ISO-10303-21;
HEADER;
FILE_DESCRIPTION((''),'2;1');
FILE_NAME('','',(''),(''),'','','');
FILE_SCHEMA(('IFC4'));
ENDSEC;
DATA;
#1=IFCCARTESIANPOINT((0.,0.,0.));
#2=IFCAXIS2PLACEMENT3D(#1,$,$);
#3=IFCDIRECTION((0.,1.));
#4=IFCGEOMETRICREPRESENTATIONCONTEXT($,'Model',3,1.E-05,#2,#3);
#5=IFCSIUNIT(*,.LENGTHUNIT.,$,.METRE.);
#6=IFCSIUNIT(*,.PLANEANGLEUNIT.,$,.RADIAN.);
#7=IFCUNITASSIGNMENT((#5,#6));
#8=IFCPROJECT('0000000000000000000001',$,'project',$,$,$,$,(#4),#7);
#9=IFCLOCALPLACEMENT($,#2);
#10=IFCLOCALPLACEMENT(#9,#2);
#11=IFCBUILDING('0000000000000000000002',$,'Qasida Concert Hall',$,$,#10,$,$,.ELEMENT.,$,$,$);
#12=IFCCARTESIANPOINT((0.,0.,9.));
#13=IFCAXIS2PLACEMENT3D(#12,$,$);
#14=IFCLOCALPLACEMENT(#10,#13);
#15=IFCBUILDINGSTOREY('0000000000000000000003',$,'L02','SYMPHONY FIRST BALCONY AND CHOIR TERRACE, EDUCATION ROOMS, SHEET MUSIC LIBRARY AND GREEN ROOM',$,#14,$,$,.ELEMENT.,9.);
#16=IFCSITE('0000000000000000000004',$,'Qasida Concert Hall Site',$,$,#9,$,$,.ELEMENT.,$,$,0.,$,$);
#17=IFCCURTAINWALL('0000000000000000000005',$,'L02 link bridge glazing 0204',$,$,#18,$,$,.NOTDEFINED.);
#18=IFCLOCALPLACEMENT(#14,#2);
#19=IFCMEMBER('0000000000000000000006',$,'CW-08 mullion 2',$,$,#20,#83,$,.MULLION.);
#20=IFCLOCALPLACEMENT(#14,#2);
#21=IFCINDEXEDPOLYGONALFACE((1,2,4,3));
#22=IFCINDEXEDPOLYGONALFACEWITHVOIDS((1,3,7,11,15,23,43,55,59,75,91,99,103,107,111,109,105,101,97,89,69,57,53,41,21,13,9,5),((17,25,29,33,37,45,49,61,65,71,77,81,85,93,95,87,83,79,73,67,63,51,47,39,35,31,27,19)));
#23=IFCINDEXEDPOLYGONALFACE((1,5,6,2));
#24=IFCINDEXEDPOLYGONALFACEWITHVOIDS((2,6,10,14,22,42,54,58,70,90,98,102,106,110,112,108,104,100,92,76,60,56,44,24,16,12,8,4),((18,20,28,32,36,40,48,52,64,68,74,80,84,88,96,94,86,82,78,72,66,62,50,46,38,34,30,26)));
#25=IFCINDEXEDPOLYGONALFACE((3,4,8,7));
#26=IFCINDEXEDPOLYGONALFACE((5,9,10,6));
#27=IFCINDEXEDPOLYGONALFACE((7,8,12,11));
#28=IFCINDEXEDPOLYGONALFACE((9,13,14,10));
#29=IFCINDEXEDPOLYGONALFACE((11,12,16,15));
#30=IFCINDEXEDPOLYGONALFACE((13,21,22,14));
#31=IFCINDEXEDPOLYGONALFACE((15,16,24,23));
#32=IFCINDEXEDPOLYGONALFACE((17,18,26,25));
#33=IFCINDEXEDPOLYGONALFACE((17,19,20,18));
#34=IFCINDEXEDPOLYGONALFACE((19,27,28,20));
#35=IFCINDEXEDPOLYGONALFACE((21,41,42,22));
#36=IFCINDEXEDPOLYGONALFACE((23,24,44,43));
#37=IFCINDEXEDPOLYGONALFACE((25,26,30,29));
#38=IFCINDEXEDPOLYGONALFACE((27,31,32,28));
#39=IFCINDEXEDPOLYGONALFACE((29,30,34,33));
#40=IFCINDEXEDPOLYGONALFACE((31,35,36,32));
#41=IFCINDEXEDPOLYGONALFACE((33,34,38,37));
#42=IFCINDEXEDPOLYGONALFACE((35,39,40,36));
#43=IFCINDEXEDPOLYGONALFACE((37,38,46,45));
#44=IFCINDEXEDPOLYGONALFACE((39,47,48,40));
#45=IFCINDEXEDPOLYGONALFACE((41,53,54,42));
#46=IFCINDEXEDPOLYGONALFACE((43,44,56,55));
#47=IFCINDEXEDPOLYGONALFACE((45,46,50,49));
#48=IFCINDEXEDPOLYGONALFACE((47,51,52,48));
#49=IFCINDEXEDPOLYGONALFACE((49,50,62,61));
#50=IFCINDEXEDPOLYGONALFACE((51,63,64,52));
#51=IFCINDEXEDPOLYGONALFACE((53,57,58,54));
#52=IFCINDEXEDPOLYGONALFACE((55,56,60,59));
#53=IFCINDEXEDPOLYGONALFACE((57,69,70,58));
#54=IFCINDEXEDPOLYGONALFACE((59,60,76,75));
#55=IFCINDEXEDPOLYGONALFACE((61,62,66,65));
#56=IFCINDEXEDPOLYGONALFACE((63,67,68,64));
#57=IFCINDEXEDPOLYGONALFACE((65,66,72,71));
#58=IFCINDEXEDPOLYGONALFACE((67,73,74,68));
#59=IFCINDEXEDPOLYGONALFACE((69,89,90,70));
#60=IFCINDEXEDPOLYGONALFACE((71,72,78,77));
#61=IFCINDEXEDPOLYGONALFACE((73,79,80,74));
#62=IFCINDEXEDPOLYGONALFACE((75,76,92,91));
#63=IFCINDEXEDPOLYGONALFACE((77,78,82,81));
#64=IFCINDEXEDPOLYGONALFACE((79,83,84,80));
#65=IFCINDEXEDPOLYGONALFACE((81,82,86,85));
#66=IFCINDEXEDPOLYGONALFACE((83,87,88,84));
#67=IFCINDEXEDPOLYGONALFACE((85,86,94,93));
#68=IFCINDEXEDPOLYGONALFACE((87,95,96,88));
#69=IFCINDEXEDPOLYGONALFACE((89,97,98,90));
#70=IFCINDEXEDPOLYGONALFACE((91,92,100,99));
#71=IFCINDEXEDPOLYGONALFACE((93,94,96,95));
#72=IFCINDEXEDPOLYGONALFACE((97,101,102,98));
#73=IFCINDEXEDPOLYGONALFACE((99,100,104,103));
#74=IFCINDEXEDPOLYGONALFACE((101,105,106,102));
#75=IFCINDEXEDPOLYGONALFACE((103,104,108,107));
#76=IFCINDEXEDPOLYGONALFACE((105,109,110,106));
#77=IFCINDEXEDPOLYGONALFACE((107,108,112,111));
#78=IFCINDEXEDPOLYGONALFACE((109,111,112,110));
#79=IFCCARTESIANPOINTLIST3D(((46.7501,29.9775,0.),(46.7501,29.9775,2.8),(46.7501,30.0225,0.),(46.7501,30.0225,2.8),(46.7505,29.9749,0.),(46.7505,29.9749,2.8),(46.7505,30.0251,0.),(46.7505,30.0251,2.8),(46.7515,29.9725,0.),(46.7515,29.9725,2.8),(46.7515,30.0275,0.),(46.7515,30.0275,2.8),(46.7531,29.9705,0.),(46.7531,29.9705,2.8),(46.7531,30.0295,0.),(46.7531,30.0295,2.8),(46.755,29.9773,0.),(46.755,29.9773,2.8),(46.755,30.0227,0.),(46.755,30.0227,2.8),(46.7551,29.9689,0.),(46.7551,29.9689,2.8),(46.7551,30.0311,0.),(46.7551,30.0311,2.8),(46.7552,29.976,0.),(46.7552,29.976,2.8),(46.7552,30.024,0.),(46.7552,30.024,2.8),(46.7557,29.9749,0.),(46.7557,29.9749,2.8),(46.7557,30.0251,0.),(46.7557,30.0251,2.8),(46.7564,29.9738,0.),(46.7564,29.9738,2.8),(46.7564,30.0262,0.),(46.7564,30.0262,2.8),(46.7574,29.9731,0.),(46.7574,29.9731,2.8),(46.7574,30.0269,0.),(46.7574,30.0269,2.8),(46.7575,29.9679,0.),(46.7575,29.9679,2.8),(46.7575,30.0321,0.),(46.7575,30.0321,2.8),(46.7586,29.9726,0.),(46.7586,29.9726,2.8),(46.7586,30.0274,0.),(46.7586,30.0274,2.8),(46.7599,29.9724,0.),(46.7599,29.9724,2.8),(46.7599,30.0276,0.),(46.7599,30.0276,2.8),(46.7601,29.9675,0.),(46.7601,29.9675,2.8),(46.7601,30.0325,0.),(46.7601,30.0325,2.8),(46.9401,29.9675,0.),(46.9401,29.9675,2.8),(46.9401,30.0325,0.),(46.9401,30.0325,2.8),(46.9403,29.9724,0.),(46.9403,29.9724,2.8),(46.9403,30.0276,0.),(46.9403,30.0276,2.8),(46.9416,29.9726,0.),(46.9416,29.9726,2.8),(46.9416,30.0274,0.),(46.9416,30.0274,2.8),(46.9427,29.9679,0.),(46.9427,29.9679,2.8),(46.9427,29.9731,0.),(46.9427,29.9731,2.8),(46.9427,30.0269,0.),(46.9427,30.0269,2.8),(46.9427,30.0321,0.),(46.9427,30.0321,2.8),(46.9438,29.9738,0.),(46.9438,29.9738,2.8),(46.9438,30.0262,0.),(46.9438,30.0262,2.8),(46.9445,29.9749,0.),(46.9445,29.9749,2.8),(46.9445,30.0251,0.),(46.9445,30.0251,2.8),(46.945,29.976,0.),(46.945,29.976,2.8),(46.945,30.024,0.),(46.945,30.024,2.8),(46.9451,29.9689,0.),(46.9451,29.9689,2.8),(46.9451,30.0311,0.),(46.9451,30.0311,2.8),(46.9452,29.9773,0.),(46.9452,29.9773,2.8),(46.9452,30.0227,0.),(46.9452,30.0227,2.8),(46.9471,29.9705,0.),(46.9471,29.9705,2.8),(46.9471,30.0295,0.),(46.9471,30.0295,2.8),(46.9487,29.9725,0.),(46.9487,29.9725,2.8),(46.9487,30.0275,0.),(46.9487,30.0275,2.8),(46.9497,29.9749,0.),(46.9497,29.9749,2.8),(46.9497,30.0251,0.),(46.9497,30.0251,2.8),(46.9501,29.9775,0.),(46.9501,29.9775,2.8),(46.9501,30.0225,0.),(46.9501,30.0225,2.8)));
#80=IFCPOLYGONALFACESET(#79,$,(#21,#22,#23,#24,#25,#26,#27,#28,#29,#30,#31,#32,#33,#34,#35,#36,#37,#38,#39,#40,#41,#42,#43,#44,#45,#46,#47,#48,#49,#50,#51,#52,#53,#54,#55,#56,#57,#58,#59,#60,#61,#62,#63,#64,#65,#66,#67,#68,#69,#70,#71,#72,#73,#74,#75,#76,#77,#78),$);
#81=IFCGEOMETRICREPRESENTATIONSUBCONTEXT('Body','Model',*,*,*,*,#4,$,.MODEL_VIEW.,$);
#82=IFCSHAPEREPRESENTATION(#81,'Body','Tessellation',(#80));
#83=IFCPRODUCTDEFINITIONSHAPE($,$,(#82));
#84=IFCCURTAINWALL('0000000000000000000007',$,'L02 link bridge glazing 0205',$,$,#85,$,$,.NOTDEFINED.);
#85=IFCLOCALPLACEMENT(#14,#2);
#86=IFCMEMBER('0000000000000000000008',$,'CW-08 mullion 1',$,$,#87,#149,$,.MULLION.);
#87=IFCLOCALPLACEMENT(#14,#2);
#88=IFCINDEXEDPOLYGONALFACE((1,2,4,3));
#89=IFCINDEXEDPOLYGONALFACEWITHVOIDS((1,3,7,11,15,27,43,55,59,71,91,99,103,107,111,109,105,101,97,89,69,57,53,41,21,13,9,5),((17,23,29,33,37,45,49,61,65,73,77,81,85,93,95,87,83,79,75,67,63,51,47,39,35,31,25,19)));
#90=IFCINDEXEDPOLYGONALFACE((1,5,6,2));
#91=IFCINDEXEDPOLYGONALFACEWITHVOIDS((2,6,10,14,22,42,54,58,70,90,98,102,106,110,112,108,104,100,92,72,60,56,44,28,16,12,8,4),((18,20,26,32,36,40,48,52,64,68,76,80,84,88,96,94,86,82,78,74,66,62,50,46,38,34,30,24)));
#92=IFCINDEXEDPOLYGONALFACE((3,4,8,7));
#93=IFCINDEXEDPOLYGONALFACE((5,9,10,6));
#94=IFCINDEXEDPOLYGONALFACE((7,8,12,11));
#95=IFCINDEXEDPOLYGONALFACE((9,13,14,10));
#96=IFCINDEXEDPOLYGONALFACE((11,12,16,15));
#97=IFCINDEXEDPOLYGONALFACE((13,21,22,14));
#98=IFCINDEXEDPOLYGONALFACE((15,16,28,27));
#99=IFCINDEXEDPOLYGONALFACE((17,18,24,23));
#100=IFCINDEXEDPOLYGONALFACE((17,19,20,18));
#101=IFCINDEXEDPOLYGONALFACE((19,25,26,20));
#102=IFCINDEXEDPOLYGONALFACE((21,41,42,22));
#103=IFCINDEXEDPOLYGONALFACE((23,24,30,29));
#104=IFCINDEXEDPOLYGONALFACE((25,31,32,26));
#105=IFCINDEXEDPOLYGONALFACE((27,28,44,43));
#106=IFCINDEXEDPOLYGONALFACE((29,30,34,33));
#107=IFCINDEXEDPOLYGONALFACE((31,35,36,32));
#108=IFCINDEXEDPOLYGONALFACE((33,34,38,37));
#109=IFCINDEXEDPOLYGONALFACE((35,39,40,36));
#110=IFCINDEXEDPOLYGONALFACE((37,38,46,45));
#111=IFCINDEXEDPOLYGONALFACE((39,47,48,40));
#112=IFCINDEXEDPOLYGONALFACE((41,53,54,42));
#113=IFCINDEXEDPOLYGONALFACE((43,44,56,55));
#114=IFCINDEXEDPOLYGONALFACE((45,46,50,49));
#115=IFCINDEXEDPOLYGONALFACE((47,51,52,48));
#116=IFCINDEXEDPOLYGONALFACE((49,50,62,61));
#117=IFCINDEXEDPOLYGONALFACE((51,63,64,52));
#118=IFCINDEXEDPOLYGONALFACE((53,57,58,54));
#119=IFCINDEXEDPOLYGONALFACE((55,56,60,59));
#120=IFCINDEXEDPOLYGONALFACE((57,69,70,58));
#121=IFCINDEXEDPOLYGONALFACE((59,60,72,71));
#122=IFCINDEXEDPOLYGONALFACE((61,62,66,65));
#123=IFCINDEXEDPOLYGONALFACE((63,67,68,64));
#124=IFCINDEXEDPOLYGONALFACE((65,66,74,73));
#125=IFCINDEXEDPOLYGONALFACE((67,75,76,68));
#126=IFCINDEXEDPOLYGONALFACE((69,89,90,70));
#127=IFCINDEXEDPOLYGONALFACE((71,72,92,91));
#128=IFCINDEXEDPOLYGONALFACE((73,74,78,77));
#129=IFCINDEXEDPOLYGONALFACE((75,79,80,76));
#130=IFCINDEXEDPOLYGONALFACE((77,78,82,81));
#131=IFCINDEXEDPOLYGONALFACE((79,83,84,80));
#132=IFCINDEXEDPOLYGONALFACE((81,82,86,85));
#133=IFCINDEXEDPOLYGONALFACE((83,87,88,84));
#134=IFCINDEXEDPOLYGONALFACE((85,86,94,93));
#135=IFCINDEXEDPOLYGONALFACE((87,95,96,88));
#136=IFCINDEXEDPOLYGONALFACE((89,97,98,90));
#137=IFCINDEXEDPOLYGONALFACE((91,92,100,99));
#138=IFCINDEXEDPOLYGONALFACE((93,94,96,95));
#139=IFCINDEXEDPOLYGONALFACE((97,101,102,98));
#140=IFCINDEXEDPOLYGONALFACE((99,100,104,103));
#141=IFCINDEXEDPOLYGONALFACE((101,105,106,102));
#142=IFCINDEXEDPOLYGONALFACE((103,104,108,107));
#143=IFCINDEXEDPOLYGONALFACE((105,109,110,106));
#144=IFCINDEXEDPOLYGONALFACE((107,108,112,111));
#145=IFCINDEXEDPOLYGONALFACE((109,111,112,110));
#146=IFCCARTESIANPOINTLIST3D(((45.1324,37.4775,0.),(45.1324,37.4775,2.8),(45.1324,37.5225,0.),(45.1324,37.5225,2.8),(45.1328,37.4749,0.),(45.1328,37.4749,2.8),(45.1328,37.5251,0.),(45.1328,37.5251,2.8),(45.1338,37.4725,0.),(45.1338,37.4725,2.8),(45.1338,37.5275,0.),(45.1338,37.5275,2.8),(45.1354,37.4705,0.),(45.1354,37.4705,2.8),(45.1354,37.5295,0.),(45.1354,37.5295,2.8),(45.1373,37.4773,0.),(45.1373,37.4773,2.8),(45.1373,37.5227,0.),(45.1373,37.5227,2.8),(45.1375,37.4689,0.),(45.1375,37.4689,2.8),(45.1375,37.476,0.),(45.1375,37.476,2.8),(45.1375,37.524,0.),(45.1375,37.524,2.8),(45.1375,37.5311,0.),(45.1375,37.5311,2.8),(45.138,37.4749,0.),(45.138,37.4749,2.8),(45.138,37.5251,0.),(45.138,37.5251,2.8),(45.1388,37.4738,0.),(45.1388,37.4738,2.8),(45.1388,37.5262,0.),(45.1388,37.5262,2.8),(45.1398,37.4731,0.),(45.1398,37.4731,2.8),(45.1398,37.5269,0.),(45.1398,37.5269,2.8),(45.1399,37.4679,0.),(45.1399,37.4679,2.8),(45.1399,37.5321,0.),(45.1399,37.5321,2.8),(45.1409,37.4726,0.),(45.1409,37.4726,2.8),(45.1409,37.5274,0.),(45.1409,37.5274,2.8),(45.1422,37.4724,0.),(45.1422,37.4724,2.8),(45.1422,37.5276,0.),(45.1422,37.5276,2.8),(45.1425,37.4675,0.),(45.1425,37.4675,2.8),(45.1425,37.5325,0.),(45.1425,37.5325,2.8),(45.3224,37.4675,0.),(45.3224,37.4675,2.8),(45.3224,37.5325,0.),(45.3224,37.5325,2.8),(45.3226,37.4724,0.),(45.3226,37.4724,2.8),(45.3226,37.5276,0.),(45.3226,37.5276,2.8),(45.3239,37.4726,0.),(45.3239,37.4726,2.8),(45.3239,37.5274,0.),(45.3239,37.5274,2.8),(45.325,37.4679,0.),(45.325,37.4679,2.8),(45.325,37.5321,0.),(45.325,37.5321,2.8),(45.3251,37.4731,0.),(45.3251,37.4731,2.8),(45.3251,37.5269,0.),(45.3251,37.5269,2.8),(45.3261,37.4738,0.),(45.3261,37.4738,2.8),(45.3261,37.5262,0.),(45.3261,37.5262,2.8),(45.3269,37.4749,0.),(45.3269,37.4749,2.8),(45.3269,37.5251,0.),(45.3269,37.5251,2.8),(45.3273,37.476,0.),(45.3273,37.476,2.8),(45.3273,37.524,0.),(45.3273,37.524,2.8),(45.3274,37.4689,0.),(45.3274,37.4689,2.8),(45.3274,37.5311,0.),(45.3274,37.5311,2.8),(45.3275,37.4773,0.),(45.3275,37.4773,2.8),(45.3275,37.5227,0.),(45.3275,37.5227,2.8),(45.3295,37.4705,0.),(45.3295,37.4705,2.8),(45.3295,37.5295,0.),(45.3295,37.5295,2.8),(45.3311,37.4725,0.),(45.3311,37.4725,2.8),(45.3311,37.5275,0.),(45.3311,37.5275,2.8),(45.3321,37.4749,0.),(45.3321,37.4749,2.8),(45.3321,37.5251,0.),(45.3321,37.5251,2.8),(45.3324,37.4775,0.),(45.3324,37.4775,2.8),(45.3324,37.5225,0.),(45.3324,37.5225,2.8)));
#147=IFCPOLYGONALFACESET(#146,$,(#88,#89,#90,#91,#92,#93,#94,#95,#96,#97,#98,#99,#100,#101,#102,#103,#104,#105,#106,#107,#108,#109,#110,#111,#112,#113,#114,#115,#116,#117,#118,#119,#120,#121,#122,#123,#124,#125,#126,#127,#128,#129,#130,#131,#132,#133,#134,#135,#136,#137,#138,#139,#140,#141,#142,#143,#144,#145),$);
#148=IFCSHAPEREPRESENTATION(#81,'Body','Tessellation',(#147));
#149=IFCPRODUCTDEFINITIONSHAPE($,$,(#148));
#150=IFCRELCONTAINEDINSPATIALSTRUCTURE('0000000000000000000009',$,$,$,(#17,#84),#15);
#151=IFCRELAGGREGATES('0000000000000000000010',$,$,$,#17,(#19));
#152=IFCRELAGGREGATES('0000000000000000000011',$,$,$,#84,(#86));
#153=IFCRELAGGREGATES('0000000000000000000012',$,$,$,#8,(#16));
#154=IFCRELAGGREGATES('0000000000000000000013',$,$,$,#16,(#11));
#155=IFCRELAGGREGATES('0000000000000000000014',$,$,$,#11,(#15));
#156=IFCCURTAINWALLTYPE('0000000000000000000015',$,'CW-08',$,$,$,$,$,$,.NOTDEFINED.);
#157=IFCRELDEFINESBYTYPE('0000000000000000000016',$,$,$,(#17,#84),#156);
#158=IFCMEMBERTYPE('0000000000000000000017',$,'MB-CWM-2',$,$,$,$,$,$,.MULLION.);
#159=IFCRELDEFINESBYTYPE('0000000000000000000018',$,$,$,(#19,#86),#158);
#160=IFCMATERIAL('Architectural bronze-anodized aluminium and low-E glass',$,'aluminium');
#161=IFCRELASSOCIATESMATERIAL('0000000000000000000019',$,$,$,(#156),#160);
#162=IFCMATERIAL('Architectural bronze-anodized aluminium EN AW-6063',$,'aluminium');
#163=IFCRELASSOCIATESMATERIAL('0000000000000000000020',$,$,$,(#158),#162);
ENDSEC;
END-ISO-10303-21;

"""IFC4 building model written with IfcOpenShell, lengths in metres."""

from ifc_helpers import new_model, si_unit, direction, frame, origin, origin_2d, place, context, subcontext, project, spatial, hollow_rectangle, extrude, material, material_profile, profile_set, type_object, element, aggregate, save


model = new_model("IFC4")

# Units and contexts
model_context = context("Model", 3, precision=1e-05, world=origin(), true_north=direction((0.0, 1.0)))
body_context = subcontext(model_context, "Body", "Model", "MODEL_VIEW")
ifc_project = project(units=[si_unit("LENGTHUNIT", "METRE"), si_unit("PLANEANGLEUNIT", "RADIAN")], contexts=[model_context])

# Site, building, storey
site_placement = place(None, origin())
site = spatial("IfcSite", under=ifc_project, at=site_placement, Name="Qasida Concert Hall Site", CompositionType="ELEMENT", RefElevation=0.0)
building_placement = place(site_placement, origin())
building = spatial("IfcBuilding", under=site, at=building_placement, Name="Qasida Concert Hall", CompositionType="ELEMENT")
storey_placement = place(building_placement, frame((0.0, 0.0, 9.0)))
storey = spatial("IfcBuildingStorey", under=building, at=storey_placement, Name="L02", Description="SYMPHONY FIRST BALCONY AND CHOIR TERRACE, EDUCATION ROOMS, SHEET MUSIC LIBRARY AND GREEN ROOM", CompositionType="ELEMENT", Elevation=9.0)

# Shared definitions
ifc_material_1 = material(Name="Architectural bronze-anodized aluminium and low-E glass", Category="aluminium")
curtain_wall_type = type_object("IfcCurtainWallType", Name="CW-08", PredefinedType="NOTDEFINED", material=ifc_material_1)
ifc_material_2 = material(Name="Architectural bronze-anodized aluminium EN AW-6063", Category="aluminium")
ifc_material_profile_1 = material_profile(ifc_material_2, hollow_rectangle(XDim=0.0649, YDim=0.2, WallThickness=0.0049, InnerFilletRadius=0.0049, OuterFilletRadius=0.01, at=origin_2d()), Name="CWM 200x65x5")
ifc_profile_set_1 = profile_set([ifc_material_profile_1], Name="Architectural bronze-anodized aluminium EN AW-6063")
member_type_1 = type_object("IfcMemberType", Name="MB-CWM-2", PredefinedType="MULLION", material=ifc_profile_set_1)

# Curtain wall, member
curtain_wall_1_placement = place(storey_placement, origin())
curtain_wall_1 = element("IfcCurtainWall", 1, at=curtain_wall_1_placement, inside=storey, type_object=curtain_wall_type, Name="L02 link bridge glazing 0204", PredefinedType="NOTDEFINED")
member_1_placement = place(storey_placement, frame((46.8501, 30.0, 0.0), z_axis=(0.0, 0.0, 1.0), x_axis=(0.0, 1.0, 0.0)))
member_1 = element("IfcMember", 2, at=member_1_placement, type_object=member_type_1, Name="CW-08 mullion 2", PredefinedType="MULLION", context=body_context, shape_type="SweptSolid", body=[
    extrude(hollow_rectangle(XDim=0.0649, YDim=0.2, WallThickness=0.0049, InnerFilletRadius=0.0049, OuterFilletRadius=0.01, at=origin_2d()), origin(), (0.0, 0.0, 1.0), 2.8),
])

# Curtain wall, member
curtain_wall_2_placement = place(storey_placement, origin())
curtain_wall_2 = element("IfcCurtainWall", 3, at=curtain_wall_2_placement, inside=storey, type_object=curtain_wall_type, Name="L02 link bridge glazing 0205", PredefinedType="NOTDEFINED")
member_2_placement = place(storey_placement, frame((45.2324, 37.5, 0.0), z_axis=(0.0, 0.0, 1.0), x_axis=(0.0, 1.0, 0.0)))
member_2 = element("IfcMember", 4, at=member_2_placement, type_object=member_type_1, Name="CW-08 mullion 1", PredefinedType="MULLION", context=body_context, shape_type="SweptSolid", body=[
    extrude(hollow_rectangle(XDim=0.0649, YDim=0.2, WallThickness=0.0049, InnerFilletRadius=0.0049, OuterFilletRadius=0.01, at=origin_2d()), origin(), (0.0, 0.0, 1.0), 2.8),
])

aggregate(curtain_wall_1, [member_1])
aggregate(curtain_wall_2, [member_2])

save(model, "model.ifc")
